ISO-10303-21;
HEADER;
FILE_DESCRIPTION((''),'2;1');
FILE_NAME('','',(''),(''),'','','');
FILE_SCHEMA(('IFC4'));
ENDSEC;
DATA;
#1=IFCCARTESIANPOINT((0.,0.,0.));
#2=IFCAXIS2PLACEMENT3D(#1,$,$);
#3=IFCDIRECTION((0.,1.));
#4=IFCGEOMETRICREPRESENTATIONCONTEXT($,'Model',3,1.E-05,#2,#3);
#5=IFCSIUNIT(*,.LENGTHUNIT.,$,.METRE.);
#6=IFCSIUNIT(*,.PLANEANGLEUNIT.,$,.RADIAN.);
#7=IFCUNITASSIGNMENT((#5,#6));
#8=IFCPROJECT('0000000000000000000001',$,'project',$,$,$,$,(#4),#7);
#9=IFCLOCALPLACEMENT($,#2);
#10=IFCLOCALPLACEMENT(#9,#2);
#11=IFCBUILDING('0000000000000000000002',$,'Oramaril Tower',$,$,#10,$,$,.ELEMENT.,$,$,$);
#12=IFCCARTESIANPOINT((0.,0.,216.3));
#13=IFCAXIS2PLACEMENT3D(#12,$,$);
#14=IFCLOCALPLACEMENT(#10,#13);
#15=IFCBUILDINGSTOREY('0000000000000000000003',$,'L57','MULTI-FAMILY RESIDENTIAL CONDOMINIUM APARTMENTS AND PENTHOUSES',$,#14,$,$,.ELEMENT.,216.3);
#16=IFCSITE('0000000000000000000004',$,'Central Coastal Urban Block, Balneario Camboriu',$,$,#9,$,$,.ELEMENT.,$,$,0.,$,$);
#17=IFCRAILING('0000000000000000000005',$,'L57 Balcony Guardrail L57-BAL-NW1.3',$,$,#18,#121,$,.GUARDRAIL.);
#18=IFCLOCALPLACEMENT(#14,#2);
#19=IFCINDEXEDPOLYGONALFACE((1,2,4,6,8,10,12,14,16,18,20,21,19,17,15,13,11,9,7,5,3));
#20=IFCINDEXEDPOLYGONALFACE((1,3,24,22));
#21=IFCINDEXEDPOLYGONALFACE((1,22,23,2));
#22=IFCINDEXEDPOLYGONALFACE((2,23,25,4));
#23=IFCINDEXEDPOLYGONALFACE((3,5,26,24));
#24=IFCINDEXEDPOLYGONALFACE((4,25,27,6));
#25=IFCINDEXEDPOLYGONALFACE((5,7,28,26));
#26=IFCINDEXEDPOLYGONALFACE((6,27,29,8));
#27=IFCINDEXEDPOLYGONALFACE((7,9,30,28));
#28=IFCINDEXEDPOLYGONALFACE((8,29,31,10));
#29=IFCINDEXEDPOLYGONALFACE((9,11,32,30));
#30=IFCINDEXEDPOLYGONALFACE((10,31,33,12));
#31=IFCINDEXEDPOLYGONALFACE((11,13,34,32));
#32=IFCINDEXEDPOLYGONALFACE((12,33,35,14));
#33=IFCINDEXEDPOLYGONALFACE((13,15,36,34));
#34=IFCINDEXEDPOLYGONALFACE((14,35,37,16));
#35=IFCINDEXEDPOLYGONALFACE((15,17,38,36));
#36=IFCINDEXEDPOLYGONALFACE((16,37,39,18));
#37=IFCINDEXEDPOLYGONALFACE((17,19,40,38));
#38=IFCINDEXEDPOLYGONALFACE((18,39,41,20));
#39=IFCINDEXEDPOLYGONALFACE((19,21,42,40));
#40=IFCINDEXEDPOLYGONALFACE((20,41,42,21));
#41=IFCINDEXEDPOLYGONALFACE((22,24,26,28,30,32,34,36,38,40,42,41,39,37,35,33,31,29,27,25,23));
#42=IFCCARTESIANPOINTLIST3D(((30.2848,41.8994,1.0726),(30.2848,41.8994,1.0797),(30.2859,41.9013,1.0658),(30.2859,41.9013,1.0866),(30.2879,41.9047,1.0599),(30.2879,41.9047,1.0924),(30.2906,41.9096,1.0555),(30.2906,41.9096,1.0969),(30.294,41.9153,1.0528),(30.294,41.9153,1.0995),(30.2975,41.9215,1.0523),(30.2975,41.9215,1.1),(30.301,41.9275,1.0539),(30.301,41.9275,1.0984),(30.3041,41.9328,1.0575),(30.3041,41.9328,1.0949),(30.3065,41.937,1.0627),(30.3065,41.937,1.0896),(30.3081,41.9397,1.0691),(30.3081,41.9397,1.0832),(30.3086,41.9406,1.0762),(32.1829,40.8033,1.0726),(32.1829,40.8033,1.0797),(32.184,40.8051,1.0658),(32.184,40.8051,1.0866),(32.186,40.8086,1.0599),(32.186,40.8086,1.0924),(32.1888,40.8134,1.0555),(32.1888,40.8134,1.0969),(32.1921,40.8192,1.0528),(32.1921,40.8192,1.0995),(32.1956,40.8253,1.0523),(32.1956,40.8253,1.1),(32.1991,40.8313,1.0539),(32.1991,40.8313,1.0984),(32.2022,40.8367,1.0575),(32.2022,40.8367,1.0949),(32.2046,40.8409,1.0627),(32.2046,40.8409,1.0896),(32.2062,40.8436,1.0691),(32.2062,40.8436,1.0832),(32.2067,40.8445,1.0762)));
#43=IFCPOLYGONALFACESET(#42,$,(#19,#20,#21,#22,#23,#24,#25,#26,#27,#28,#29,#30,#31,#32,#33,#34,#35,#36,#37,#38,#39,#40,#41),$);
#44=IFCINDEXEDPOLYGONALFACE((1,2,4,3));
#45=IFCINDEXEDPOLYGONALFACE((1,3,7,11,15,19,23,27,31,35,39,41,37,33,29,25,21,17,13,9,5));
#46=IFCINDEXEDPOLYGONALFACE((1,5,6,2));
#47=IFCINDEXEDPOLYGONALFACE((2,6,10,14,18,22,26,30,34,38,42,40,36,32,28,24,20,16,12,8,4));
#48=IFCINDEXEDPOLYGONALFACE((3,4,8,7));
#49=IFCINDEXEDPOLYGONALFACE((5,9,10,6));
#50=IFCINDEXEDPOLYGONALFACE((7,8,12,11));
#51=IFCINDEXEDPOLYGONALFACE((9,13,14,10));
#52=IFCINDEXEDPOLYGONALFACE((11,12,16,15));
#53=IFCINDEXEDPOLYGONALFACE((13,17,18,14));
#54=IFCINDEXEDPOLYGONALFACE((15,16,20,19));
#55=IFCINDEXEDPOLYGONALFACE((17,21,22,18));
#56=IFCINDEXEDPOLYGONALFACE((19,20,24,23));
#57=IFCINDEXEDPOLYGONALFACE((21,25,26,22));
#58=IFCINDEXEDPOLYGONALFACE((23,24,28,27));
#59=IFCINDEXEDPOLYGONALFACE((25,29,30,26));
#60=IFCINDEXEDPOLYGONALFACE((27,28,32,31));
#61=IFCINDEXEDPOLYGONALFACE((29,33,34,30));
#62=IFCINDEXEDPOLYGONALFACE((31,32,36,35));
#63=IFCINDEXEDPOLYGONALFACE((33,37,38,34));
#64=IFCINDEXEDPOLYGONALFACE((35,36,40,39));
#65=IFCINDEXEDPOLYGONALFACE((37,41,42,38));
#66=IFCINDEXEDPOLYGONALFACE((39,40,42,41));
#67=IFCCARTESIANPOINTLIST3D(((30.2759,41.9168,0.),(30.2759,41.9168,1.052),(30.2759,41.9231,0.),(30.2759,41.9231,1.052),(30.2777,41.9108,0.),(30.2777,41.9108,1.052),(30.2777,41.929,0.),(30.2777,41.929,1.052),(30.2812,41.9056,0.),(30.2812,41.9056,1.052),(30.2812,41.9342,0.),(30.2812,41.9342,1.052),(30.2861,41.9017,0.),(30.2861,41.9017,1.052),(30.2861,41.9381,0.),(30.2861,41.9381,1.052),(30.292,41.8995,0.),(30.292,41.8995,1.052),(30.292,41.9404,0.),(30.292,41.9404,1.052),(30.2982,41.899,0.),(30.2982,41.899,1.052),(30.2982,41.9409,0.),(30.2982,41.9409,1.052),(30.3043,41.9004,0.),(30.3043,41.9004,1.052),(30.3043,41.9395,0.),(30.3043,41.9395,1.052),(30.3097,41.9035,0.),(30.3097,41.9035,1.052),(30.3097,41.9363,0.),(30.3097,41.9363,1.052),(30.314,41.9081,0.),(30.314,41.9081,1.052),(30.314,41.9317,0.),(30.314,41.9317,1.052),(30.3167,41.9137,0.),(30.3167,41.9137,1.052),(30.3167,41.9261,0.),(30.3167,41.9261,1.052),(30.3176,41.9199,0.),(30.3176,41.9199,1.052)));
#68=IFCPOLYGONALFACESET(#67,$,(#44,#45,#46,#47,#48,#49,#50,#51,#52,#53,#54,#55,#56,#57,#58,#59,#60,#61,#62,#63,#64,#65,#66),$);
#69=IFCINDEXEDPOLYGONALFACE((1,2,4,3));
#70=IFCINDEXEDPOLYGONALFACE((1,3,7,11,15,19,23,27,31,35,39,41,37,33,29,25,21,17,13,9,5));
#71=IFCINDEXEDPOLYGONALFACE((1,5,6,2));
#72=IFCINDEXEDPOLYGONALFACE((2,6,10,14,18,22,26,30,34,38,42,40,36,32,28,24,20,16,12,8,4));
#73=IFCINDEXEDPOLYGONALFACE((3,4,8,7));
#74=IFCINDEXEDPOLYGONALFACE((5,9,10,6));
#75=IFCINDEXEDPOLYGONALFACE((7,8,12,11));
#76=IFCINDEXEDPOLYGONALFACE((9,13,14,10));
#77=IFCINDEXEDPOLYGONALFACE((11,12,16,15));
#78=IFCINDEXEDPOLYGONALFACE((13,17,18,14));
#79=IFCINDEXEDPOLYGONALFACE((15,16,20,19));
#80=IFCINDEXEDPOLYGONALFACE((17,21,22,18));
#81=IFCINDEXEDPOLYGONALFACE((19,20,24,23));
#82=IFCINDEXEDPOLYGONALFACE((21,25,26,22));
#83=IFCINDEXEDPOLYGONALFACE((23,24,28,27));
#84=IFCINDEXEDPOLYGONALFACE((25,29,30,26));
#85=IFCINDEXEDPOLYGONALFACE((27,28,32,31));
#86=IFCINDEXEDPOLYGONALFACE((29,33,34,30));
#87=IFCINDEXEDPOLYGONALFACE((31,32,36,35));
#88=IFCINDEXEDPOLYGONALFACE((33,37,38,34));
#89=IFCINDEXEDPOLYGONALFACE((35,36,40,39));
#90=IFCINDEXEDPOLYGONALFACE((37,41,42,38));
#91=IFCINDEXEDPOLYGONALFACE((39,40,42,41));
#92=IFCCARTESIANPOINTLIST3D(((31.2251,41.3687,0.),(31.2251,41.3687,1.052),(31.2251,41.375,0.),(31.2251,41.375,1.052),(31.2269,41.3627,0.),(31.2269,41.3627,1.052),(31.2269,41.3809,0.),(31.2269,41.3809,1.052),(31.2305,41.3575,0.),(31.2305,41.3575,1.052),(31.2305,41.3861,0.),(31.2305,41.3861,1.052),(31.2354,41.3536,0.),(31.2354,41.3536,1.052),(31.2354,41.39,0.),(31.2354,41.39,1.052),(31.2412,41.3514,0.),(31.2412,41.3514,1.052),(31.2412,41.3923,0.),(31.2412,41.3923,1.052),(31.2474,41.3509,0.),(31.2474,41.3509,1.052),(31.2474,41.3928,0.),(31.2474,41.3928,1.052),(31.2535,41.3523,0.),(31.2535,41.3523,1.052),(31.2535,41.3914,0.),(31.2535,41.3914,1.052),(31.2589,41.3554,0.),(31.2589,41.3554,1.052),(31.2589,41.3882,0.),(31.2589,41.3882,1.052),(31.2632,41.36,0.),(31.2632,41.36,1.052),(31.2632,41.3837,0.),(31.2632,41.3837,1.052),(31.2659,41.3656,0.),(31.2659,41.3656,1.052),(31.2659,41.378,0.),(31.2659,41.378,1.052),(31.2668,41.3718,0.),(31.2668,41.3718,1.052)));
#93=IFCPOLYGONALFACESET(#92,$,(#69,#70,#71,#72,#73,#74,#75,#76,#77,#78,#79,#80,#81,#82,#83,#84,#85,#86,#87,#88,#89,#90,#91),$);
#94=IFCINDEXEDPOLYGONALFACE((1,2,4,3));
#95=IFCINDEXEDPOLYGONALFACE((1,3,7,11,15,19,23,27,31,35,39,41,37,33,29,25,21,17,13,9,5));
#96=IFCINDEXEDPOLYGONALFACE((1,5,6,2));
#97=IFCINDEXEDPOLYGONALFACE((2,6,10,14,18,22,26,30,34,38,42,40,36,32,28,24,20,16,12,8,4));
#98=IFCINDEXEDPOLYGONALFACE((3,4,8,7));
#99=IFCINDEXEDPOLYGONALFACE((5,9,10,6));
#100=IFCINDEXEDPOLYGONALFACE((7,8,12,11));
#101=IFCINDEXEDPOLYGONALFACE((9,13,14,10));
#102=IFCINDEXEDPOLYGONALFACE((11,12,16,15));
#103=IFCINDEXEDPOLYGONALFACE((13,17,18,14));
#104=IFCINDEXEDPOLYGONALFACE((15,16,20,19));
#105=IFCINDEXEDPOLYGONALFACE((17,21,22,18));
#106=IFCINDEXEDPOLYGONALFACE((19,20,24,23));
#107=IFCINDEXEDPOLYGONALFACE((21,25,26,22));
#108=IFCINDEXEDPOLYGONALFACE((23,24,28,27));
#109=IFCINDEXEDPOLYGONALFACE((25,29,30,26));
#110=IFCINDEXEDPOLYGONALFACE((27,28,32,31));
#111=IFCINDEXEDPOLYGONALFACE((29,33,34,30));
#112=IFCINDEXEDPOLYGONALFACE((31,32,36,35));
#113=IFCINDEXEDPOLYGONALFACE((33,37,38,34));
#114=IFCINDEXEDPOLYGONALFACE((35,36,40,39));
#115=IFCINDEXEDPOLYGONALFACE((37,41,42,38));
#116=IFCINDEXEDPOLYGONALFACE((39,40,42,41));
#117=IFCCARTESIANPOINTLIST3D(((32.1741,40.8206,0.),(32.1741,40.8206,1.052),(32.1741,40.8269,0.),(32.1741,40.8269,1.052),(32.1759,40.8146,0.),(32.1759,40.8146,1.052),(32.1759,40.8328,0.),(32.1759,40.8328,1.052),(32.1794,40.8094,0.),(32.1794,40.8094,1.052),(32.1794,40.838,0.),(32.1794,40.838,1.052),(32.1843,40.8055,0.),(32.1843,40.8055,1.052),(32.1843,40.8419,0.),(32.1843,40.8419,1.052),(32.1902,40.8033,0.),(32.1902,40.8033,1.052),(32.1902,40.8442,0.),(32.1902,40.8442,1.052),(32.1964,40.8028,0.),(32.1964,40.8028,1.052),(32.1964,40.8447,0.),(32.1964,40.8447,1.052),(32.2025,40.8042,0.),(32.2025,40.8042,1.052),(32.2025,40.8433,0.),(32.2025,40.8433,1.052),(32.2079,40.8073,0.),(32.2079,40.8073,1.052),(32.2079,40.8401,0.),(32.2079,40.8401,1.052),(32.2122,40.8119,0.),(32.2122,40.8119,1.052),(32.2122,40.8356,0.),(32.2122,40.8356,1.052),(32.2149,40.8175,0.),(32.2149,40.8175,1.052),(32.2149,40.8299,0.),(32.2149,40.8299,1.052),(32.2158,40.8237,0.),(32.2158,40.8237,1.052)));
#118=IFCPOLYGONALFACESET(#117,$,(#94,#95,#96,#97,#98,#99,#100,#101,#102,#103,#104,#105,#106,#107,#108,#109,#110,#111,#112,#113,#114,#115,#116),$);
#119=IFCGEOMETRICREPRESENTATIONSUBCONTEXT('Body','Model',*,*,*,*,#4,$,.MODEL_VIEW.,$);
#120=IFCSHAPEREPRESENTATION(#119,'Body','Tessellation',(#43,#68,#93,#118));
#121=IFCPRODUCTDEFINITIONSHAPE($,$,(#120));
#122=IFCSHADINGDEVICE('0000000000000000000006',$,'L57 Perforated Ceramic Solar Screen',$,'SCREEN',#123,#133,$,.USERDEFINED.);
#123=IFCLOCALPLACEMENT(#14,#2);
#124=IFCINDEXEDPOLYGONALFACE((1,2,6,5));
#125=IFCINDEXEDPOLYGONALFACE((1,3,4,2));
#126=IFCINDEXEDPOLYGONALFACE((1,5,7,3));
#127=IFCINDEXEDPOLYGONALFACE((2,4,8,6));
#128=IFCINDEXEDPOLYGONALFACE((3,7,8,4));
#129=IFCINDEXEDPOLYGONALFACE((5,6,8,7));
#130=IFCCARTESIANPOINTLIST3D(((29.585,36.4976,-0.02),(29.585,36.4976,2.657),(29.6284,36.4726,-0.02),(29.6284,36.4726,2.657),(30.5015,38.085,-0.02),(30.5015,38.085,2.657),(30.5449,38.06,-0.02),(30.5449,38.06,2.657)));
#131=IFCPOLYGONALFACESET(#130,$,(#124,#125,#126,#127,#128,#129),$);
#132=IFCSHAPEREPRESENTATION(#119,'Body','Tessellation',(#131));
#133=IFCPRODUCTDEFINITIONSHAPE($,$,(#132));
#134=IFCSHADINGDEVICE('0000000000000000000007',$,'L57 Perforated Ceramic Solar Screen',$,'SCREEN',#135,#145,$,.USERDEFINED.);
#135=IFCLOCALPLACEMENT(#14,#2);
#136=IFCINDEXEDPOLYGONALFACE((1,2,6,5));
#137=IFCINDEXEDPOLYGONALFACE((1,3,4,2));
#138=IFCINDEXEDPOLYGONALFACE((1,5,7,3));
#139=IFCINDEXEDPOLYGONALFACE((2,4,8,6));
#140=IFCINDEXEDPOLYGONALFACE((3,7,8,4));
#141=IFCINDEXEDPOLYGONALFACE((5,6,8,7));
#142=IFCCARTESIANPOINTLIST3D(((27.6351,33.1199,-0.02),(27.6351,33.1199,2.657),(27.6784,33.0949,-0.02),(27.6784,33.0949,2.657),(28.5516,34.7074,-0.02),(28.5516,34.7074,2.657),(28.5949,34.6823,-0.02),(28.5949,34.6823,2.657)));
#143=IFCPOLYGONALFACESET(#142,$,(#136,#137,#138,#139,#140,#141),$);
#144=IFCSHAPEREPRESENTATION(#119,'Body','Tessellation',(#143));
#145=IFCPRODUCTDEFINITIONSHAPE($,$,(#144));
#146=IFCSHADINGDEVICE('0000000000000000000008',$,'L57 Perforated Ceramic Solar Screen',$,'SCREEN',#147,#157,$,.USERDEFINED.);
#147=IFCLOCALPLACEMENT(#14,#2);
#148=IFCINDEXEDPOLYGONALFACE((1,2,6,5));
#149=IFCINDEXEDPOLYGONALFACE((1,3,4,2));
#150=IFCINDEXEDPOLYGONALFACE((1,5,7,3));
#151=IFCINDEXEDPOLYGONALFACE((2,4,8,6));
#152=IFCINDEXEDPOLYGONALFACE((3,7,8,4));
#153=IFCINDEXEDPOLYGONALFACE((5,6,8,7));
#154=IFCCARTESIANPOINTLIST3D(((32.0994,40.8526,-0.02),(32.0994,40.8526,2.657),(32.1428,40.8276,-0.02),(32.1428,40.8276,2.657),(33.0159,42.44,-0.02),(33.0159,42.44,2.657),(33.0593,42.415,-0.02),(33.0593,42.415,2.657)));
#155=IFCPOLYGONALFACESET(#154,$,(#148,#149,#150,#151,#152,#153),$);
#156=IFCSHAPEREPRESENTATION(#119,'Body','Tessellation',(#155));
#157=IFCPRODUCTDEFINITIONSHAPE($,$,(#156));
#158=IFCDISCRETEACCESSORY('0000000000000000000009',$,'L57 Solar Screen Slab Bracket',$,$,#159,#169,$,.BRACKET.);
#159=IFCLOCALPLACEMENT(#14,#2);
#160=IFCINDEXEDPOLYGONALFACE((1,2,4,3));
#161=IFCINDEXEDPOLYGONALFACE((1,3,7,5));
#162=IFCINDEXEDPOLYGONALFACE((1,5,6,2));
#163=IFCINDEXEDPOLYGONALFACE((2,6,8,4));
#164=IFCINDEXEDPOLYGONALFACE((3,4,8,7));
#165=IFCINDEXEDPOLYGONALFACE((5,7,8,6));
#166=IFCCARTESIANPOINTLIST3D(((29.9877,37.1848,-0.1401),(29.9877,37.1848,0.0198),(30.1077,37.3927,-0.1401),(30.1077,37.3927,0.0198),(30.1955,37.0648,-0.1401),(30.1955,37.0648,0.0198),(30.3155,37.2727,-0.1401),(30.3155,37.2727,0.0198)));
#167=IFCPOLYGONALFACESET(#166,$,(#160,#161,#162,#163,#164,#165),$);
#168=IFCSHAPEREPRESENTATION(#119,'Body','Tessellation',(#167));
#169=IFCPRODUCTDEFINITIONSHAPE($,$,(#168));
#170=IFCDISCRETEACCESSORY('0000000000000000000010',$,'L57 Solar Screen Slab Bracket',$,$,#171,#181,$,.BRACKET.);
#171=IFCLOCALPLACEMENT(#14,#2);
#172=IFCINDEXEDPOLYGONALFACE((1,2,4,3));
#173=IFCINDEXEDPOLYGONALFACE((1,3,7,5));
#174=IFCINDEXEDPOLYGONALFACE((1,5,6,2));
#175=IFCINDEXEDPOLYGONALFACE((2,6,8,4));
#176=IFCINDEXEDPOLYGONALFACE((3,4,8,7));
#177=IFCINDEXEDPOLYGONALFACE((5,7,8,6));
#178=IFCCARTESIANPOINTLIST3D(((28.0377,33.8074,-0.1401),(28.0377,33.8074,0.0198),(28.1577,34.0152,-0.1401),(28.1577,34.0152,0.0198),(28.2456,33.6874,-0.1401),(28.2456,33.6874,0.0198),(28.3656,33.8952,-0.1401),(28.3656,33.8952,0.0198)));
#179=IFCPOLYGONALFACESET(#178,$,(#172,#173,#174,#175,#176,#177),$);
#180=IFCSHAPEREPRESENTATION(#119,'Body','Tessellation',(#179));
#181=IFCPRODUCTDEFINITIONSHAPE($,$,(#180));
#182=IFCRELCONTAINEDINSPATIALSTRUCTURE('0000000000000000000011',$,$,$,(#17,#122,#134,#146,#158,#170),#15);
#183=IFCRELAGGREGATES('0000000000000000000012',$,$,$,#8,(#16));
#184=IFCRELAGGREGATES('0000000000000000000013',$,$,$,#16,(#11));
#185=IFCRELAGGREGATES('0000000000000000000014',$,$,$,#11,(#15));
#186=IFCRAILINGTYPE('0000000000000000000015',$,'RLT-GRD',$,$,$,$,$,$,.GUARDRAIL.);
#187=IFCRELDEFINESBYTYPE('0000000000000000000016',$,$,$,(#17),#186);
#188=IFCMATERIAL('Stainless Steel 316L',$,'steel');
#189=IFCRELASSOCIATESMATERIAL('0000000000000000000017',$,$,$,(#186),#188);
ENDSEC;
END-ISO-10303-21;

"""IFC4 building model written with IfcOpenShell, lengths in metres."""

from ifc_helpers import new_model, si_unit, direction, frame, origin, origin_2d, place, context, subcontext, project, spatial, rectangle, circle, extrude, material, type_object, element, save


model = new_model("IFC4")

# Units and contexts
model_context = context("Model", 3, precision=1e-05, world=origin(), true_north=direction((0.0, 1.0)))
body_context = subcontext(model_context, "Body", "Model", "MODEL_VIEW")
ifc_project = project(units=[si_unit("LENGTHUNIT", "METRE"), si_unit("PLANEANGLEUNIT", "RADIAN")], contexts=[model_context])

# Site, building, storey
site_placement = place(None, origin())
site = spatial("IfcSite", under=ifc_project, at=site_placement, Name="Central Coastal Urban Block, Balneario Camboriu", CompositionType="ELEMENT", RefElevation=0.0)
building_placement = place(site_placement, origin())
building = spatial("IfcBuilding", under=site, at=building_placement, Name="Oramaril Tower", CompositionType="ELEMENT")
storey_placement = place(building_placement, frame((0.0, 0.0, 216.3)))
storey = spatial("IfcBuildingStorey", under=building, at=storey_placement, Name="L57", Description="MULTI-FAMILY RESIDENTIAL CONDOMINIUM APARTMENTS AND PENTHOUSES", CompositionType="ELEMENT", Elevation=216.3)

# Railing
ifc_material_1 = material(Name="Stainless Steel 316L", Category="steel")
railing_type = type_object("IfcRailingType", Name="RLT-GRD", PredefinedType="GUARDRAIL", material=ifc_material_1)
railing_1_placement = place(storey_placement, frame((30.2966, 41.9199, 0.0)))
element("IfcRailing", 1, at=railing_1_placement, inside=storey, type_object=railing_type, Name="L57 Balcony Guardrail L57-BAL-NW1.3", PredefinedType="GUARDRAIL", context=body_context, shape_type="SweptSolid", body=[
    extrude(circle(Radius=0.0239, at=origin_2d()), frame((0.0, 0.0, 1.0762), z_axis=(0.865972, -0.500092, 0.0), x_axis=(0.500092, 0.865972, 0.0)), (0.0, 0.0, 1.0), 2.1919),
    extrude(circle(Radius=0.021, at=origin_2d()), origin(), (0.0, 0.0, 1.0), 1.052),
    extrude(circle(Radius=0.021, at=origin_2d()), frame((0.9492, -0.5481, 0.0)), (0.0, 0.0, 1.0), 1.052),
    extrude(circle(Radius=0.021, at=origin_2d()), frame((1.8982, -1.0962, 0.0)), (0.0, 0.0, 1.0), 1.052),
])

# Shading devices
for number, where, z_axis, x_axis, name in (
    (2, (30.0649, 37.2788, -0.02), (0.0, 0.0, 1.0), (-0.500002, -0.866025, 0.0), "L57 Perforated Ceramic Solar Screen"),
    (3, (28.115, 33.9011, -0.02), (0.0, 0.0, 1.0), (-0.500002, -0.866025, 0.0), "L57 Perforated Ceramic Solar Screen"),
    (4, (32.5793, 41.6338, -0.02), (0.0, 0.0, 1.0), (-0.500002, -0.866025, 0.0), "L57 Perforated Ceramic Solar Screen"),
):
    element("IfcShadingDevice", number, at=place(storey_placement, frame(where, z_axis=z_axis, x_axis=x_axis)), inside=storey, Name=name, ObjectType="SCREEN", PredefinedType="USERDEFINED", context=body_context, shape_type="SweptSolid", body=[
        extrude(rectangle(XDim=1.833, YDim=0.05, at=origin_2d()), origin(), (0.0, 0.0, 1.0), 2.677),
    ])

# Discrete accessories
for number, where, z_axis, x_axis, name in (
    (5, (30.1516, 37.2288, -0.1401), (0.0, 0.0, 1.0), (-0.500002, -0.866025, 0.0), "L57 Solar Screen Slab Bracket"),
    (6, (28.2017, 33.8513, -0.1401), (0.0, 0.0, 1.0), (-0.500002, -0.866025, 0.0), "L57 Solar Screen Slab Bracket"),
):
    element("IfcDiscreteAccessory", number, at=place(storey_placement, frame(where, z_axis=z_axis, x_axis=x_axis)), inside=storey, Name=name, PredefinedType="BRACKET", context=body_context, shape_type="SweptSolid", body=[
        extrude(rectangle(XDim=0.24, YDim=0.24, at=origin_2d()), origin(), (0.0, 0.0, 1.0), 0.1599),
    ])

save(model, "model.ifc")
